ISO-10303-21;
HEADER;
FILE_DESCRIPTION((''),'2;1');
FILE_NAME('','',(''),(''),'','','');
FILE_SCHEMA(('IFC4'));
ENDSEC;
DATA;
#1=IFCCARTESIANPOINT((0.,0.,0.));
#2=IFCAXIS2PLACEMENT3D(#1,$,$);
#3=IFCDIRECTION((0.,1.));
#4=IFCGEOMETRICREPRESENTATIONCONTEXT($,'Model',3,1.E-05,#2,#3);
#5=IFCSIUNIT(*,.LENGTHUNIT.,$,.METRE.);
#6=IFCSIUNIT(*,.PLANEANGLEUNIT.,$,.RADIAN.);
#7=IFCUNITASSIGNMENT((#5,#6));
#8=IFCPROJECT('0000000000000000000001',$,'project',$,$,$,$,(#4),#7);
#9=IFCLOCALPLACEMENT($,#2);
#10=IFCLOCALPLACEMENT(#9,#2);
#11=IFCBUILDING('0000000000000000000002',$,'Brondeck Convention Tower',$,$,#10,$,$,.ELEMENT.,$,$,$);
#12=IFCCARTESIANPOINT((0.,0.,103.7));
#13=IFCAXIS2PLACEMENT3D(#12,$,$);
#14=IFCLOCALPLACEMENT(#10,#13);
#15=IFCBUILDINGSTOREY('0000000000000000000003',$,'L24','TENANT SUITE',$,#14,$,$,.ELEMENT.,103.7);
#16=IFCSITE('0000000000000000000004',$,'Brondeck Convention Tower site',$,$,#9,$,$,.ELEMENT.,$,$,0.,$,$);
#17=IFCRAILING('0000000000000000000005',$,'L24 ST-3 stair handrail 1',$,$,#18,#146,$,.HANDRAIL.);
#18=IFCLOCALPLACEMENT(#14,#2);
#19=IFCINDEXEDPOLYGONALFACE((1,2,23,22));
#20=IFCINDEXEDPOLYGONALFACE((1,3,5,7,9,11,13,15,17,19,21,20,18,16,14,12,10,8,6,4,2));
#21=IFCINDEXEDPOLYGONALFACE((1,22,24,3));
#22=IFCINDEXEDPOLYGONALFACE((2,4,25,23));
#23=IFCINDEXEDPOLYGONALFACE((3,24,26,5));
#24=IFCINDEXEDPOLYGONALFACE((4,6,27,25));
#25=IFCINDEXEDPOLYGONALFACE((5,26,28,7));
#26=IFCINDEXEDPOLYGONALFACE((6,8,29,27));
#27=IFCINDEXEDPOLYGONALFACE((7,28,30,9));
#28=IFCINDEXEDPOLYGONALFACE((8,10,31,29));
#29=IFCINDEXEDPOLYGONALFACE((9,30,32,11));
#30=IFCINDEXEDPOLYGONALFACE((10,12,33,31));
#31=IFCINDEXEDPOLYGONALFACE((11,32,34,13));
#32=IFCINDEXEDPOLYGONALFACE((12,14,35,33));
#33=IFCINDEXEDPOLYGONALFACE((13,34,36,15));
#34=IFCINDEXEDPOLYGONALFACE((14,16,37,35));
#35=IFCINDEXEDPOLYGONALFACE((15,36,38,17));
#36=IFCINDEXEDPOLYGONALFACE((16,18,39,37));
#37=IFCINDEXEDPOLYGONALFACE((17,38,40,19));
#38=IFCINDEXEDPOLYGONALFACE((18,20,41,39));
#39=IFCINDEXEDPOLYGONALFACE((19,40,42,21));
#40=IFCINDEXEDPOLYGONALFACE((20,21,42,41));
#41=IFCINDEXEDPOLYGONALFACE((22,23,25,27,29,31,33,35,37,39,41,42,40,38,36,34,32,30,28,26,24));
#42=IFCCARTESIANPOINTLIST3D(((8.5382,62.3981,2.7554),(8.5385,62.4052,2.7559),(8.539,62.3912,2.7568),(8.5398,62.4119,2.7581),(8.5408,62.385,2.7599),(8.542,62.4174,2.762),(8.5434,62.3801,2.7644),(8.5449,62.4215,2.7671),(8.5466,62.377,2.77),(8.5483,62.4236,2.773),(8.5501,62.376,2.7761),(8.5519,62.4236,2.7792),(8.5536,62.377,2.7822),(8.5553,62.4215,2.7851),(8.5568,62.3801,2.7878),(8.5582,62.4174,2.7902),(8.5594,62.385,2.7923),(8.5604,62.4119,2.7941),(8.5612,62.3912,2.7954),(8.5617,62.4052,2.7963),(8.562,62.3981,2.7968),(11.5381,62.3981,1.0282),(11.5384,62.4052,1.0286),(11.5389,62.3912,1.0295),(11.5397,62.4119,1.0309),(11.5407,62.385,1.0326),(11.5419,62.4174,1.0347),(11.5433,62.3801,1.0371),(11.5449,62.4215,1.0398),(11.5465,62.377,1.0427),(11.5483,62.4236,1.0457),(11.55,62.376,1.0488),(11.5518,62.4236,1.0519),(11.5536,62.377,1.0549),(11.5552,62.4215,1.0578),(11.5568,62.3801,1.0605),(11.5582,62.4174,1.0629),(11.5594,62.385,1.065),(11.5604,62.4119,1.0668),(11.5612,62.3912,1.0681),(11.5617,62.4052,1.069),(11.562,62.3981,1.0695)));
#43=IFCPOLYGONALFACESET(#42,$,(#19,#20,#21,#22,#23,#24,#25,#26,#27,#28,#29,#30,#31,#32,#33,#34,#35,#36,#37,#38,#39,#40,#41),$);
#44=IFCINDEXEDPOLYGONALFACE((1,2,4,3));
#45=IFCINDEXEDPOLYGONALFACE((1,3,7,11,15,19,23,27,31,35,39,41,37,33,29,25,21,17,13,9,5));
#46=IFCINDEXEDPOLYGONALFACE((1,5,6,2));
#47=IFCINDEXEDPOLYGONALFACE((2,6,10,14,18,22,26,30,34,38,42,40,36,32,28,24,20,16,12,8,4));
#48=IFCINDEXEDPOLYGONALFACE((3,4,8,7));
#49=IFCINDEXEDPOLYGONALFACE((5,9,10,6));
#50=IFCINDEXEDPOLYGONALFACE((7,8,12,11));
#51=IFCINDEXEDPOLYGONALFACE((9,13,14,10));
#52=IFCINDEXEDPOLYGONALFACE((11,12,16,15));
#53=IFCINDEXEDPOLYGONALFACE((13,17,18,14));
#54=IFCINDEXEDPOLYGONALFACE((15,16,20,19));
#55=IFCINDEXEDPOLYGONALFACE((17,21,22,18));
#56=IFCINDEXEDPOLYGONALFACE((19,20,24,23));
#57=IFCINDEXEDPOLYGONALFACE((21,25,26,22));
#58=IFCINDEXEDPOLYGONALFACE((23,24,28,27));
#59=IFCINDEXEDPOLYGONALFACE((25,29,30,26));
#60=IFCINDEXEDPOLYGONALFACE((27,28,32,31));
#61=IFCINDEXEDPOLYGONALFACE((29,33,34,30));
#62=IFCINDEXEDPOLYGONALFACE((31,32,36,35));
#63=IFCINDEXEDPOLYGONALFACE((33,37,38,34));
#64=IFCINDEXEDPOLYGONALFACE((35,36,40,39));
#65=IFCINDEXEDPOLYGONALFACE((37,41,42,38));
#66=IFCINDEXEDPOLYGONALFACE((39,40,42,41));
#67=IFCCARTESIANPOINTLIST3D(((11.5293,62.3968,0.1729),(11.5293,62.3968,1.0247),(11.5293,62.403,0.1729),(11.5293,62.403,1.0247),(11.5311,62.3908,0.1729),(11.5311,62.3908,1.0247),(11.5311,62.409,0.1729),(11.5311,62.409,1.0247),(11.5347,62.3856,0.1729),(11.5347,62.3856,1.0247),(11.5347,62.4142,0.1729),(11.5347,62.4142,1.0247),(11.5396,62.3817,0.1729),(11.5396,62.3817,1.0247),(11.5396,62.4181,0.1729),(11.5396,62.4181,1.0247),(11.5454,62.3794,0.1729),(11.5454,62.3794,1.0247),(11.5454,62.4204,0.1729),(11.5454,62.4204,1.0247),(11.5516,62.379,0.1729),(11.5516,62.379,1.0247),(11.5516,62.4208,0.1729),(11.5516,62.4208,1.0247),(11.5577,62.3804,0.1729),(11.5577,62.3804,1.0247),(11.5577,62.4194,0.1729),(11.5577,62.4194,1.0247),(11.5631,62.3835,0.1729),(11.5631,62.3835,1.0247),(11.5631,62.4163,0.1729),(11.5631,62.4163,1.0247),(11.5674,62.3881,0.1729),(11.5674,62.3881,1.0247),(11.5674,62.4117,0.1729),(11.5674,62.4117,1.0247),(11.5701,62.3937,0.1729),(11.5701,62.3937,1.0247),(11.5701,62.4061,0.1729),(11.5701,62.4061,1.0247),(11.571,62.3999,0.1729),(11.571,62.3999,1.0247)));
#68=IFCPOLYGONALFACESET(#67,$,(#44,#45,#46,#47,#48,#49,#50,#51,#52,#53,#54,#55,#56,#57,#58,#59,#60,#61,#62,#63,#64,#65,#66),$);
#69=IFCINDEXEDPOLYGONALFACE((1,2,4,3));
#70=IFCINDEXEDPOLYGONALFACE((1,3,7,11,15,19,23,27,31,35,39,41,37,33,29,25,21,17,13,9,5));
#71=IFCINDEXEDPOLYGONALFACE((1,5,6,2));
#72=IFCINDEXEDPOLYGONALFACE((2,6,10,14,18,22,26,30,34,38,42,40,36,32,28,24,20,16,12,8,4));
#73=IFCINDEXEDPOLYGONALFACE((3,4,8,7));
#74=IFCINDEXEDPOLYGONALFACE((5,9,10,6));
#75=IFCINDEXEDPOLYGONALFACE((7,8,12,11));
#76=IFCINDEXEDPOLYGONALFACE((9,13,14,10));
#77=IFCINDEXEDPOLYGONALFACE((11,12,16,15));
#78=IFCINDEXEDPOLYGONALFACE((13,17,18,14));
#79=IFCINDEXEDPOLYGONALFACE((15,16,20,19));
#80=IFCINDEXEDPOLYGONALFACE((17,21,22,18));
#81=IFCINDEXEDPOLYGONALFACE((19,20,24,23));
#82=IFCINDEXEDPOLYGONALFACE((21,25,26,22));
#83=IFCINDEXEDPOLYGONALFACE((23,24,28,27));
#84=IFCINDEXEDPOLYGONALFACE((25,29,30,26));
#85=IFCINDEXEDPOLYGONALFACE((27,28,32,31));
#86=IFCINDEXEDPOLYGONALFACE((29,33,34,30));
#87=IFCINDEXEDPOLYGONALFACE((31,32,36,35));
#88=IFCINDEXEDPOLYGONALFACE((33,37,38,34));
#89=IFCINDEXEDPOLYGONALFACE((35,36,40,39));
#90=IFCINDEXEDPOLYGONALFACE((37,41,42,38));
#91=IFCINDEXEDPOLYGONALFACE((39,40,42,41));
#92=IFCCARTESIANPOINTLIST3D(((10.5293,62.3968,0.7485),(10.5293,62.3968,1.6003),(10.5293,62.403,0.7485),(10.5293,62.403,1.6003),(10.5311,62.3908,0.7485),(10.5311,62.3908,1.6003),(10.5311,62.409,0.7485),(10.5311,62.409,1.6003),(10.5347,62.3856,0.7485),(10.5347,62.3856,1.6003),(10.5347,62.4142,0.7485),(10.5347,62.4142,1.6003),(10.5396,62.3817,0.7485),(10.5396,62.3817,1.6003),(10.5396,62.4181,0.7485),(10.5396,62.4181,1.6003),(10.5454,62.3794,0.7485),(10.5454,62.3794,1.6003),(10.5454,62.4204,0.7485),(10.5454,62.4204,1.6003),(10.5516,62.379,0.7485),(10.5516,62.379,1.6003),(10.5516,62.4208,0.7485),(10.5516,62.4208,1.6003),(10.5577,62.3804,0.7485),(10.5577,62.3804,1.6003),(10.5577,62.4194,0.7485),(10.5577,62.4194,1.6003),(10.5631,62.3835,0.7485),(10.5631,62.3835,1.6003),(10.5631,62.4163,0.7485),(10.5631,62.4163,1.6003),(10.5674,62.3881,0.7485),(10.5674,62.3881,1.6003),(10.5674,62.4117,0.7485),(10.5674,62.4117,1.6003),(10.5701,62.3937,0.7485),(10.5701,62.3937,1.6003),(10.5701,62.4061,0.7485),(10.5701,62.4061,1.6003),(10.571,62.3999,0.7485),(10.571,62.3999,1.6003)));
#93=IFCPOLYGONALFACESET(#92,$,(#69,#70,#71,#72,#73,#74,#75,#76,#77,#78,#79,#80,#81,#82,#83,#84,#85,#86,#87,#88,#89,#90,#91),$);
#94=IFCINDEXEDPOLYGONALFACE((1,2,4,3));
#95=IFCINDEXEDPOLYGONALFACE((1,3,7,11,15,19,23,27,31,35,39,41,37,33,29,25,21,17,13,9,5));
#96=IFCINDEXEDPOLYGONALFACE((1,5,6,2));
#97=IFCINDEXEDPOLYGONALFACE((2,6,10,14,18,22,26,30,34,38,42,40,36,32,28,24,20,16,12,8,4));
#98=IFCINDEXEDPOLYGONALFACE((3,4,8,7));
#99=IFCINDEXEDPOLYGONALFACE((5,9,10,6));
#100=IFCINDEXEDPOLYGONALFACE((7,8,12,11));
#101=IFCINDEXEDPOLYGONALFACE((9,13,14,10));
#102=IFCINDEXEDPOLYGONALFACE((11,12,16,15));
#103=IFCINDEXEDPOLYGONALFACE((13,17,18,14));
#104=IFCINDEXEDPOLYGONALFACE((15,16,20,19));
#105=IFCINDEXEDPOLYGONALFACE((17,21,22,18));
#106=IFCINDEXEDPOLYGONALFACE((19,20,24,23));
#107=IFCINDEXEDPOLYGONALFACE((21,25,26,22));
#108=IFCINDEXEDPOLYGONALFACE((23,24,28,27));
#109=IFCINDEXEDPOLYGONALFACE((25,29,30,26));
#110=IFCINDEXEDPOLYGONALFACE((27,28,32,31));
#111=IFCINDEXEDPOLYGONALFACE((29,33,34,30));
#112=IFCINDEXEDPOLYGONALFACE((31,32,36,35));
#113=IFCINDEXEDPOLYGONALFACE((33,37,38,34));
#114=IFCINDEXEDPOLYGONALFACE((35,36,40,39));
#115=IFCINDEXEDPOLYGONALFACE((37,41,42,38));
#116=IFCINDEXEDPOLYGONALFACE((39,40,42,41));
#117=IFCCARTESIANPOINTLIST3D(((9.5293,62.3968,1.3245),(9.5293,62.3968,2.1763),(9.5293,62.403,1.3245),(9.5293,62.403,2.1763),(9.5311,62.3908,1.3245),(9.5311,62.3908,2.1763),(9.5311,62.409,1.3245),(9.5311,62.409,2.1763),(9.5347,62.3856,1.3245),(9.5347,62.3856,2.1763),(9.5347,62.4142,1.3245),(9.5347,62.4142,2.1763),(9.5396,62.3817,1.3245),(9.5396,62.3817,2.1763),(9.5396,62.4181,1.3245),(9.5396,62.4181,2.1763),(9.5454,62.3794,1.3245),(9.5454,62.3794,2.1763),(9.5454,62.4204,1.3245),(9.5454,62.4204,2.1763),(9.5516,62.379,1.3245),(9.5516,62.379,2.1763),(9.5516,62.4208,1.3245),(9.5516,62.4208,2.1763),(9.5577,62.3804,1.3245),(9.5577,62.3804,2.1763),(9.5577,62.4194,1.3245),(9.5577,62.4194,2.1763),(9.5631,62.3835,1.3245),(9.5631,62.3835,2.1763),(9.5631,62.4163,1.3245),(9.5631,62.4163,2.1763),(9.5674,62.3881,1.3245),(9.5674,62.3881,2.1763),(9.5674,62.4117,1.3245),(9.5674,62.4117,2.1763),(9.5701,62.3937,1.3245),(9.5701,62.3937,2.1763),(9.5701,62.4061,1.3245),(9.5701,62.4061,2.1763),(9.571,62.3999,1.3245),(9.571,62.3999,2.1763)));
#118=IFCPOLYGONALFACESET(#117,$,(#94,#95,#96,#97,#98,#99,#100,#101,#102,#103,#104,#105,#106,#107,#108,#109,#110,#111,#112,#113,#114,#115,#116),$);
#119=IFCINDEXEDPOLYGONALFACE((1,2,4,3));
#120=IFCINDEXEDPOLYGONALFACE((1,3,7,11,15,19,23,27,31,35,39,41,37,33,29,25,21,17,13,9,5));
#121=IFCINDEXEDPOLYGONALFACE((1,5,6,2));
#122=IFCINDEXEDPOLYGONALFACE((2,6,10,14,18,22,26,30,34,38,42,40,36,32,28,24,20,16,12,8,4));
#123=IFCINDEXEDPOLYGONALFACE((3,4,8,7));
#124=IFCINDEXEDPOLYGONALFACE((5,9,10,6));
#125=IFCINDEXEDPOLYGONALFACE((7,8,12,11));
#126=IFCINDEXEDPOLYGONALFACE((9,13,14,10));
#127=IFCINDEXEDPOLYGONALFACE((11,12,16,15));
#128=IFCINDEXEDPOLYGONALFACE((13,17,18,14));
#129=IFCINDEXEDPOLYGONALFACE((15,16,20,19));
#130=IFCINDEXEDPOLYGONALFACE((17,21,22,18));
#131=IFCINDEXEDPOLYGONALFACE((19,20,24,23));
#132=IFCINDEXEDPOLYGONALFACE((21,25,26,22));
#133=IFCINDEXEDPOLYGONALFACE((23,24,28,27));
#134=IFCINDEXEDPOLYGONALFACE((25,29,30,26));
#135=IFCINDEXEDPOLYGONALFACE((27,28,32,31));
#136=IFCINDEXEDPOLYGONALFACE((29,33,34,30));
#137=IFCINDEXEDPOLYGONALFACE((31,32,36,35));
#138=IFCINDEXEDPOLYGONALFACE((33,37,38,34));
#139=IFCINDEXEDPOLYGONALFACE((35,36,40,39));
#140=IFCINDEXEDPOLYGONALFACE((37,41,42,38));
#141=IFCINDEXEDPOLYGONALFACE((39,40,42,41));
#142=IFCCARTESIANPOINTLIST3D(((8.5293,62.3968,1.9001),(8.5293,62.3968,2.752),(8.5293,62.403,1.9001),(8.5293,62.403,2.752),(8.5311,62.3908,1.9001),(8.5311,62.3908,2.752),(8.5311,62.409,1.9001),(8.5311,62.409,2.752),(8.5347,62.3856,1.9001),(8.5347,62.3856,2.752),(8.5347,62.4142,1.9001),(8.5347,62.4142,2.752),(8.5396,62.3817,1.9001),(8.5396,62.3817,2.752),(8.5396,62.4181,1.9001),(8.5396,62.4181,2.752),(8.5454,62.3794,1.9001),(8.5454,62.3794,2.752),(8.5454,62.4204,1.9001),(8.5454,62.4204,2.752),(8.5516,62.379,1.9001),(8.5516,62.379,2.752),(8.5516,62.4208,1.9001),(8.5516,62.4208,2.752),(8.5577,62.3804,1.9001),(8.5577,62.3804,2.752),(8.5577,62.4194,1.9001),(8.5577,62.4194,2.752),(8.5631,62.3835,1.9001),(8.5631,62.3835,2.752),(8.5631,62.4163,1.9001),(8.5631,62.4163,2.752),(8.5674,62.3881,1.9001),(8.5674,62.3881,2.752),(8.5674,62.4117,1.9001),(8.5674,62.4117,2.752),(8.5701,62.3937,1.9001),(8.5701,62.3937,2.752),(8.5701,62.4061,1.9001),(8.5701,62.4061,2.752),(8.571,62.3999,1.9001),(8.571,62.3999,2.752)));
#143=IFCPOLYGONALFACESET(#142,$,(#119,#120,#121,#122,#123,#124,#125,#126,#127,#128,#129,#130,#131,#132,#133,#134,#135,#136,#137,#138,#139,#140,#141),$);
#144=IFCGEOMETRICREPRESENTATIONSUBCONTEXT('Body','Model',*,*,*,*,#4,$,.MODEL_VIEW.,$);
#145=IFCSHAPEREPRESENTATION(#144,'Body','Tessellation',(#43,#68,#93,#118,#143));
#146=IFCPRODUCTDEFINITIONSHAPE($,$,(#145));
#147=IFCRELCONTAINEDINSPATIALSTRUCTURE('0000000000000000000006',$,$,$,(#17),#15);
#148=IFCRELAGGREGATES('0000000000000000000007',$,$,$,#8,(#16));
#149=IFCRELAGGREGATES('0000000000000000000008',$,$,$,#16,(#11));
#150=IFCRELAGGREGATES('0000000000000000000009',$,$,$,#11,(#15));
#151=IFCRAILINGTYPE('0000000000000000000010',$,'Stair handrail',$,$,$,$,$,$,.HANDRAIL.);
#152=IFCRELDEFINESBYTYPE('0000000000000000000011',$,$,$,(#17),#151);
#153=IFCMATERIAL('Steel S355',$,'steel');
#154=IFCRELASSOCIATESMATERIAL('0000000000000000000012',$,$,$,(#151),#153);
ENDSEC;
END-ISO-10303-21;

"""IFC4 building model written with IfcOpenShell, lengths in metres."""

from ifc_helpers import new_model, si_unit, direction, frame, origin, origin_2d, place, context, subcontext, project, spatial, circle, extrude, material, type_object, element, save


model = new_model("IFC4")

# Units and contexts
model_context = context("Model", 3, precision=1e-05, world=origin(), true_north=direction((0.0, 1.0)))
body_context = subcontext(model_context, "Body", "Model", "MODEL_VIEW")
ifc_project = project(units=[si_unit("LENGTHUNIT", "METRE"), si_unit("PLANEANGLEUNIT", "RADIAN")], contexts=[model_context])

# Site, building, storey
site_placement = place(None, origin())
site = spatial("IfcSite", under=ifc_project, at=site_placement, Name="Brondeck Convention Tower site", CompositionType="ELEMENT", RefElevation=0.0)
building_placement = place(site_placement, origin())
building = spatial("IfcBuilding", under=site, at=building_placement, Name="Brondeck Convention Tower", CompositionType="ELEMENT")
storey_placement = place(building_placement, frame((0.0, 0.0, 103.7)))
storey = spatial("IfcBuildingStorey", under=building, at=storey_placement, Name="L24", Description="TENANT SUITE", CompositionType="ELEMENT", Elevation=103.7)

# Railing
ifc_material_1 = material(Name="Steel S355", Category="steel")
railing_type_1 = type_object("IfcRailingType", Name="Stair handrail", PredefinedType="HANDRAIL", material=ifc_material_1)
railing_1_placement = place(storey_placement, frame((11.55, 62.3999, 0.1729)))
element("IfcRailing", 1, at=railing_1_placement, inside=storey, type_object=railing_type_1, Name="L24 ST-3 stair handrail 1", PredefinedType="HANDRAIL", context=body_context, shape_type="SweptSolid", body=[
    extrude(circle(Radius=0.0239, at=origin_2d()), frame((0.0, 0.0, 0.876), z_axis=(-0.86662, 0.0, 0.498969), x_axis=(0.0, -1.0, 0.0)), (0.0, 0.0, 1.0), 3.4617),
    extrude(circle(Radius=0.021, at=origin_2d()), origin(), (0.0, 0.0, 1.0), 0.8518),
    extrude(circle(Radius=0.021, at=origin_2d()), frame((-1.0, 0.0, 0.5757)), (0.0, 0.0, 1.0), 0.8518),
    extrude(circle(Radius=0.021, at=origin_2d()), frame((-2.0, 0.0, 1.1516)), (0.0, 0.0, 1.0), 0.8518),
    extrude(circle(Radius=0.021, at=origin_2d()), frame((-3.0, 0.0, 1.7273)), (0.0, 0.0, 1.0), 0.8518),
])

save(model, "model.ifc")
